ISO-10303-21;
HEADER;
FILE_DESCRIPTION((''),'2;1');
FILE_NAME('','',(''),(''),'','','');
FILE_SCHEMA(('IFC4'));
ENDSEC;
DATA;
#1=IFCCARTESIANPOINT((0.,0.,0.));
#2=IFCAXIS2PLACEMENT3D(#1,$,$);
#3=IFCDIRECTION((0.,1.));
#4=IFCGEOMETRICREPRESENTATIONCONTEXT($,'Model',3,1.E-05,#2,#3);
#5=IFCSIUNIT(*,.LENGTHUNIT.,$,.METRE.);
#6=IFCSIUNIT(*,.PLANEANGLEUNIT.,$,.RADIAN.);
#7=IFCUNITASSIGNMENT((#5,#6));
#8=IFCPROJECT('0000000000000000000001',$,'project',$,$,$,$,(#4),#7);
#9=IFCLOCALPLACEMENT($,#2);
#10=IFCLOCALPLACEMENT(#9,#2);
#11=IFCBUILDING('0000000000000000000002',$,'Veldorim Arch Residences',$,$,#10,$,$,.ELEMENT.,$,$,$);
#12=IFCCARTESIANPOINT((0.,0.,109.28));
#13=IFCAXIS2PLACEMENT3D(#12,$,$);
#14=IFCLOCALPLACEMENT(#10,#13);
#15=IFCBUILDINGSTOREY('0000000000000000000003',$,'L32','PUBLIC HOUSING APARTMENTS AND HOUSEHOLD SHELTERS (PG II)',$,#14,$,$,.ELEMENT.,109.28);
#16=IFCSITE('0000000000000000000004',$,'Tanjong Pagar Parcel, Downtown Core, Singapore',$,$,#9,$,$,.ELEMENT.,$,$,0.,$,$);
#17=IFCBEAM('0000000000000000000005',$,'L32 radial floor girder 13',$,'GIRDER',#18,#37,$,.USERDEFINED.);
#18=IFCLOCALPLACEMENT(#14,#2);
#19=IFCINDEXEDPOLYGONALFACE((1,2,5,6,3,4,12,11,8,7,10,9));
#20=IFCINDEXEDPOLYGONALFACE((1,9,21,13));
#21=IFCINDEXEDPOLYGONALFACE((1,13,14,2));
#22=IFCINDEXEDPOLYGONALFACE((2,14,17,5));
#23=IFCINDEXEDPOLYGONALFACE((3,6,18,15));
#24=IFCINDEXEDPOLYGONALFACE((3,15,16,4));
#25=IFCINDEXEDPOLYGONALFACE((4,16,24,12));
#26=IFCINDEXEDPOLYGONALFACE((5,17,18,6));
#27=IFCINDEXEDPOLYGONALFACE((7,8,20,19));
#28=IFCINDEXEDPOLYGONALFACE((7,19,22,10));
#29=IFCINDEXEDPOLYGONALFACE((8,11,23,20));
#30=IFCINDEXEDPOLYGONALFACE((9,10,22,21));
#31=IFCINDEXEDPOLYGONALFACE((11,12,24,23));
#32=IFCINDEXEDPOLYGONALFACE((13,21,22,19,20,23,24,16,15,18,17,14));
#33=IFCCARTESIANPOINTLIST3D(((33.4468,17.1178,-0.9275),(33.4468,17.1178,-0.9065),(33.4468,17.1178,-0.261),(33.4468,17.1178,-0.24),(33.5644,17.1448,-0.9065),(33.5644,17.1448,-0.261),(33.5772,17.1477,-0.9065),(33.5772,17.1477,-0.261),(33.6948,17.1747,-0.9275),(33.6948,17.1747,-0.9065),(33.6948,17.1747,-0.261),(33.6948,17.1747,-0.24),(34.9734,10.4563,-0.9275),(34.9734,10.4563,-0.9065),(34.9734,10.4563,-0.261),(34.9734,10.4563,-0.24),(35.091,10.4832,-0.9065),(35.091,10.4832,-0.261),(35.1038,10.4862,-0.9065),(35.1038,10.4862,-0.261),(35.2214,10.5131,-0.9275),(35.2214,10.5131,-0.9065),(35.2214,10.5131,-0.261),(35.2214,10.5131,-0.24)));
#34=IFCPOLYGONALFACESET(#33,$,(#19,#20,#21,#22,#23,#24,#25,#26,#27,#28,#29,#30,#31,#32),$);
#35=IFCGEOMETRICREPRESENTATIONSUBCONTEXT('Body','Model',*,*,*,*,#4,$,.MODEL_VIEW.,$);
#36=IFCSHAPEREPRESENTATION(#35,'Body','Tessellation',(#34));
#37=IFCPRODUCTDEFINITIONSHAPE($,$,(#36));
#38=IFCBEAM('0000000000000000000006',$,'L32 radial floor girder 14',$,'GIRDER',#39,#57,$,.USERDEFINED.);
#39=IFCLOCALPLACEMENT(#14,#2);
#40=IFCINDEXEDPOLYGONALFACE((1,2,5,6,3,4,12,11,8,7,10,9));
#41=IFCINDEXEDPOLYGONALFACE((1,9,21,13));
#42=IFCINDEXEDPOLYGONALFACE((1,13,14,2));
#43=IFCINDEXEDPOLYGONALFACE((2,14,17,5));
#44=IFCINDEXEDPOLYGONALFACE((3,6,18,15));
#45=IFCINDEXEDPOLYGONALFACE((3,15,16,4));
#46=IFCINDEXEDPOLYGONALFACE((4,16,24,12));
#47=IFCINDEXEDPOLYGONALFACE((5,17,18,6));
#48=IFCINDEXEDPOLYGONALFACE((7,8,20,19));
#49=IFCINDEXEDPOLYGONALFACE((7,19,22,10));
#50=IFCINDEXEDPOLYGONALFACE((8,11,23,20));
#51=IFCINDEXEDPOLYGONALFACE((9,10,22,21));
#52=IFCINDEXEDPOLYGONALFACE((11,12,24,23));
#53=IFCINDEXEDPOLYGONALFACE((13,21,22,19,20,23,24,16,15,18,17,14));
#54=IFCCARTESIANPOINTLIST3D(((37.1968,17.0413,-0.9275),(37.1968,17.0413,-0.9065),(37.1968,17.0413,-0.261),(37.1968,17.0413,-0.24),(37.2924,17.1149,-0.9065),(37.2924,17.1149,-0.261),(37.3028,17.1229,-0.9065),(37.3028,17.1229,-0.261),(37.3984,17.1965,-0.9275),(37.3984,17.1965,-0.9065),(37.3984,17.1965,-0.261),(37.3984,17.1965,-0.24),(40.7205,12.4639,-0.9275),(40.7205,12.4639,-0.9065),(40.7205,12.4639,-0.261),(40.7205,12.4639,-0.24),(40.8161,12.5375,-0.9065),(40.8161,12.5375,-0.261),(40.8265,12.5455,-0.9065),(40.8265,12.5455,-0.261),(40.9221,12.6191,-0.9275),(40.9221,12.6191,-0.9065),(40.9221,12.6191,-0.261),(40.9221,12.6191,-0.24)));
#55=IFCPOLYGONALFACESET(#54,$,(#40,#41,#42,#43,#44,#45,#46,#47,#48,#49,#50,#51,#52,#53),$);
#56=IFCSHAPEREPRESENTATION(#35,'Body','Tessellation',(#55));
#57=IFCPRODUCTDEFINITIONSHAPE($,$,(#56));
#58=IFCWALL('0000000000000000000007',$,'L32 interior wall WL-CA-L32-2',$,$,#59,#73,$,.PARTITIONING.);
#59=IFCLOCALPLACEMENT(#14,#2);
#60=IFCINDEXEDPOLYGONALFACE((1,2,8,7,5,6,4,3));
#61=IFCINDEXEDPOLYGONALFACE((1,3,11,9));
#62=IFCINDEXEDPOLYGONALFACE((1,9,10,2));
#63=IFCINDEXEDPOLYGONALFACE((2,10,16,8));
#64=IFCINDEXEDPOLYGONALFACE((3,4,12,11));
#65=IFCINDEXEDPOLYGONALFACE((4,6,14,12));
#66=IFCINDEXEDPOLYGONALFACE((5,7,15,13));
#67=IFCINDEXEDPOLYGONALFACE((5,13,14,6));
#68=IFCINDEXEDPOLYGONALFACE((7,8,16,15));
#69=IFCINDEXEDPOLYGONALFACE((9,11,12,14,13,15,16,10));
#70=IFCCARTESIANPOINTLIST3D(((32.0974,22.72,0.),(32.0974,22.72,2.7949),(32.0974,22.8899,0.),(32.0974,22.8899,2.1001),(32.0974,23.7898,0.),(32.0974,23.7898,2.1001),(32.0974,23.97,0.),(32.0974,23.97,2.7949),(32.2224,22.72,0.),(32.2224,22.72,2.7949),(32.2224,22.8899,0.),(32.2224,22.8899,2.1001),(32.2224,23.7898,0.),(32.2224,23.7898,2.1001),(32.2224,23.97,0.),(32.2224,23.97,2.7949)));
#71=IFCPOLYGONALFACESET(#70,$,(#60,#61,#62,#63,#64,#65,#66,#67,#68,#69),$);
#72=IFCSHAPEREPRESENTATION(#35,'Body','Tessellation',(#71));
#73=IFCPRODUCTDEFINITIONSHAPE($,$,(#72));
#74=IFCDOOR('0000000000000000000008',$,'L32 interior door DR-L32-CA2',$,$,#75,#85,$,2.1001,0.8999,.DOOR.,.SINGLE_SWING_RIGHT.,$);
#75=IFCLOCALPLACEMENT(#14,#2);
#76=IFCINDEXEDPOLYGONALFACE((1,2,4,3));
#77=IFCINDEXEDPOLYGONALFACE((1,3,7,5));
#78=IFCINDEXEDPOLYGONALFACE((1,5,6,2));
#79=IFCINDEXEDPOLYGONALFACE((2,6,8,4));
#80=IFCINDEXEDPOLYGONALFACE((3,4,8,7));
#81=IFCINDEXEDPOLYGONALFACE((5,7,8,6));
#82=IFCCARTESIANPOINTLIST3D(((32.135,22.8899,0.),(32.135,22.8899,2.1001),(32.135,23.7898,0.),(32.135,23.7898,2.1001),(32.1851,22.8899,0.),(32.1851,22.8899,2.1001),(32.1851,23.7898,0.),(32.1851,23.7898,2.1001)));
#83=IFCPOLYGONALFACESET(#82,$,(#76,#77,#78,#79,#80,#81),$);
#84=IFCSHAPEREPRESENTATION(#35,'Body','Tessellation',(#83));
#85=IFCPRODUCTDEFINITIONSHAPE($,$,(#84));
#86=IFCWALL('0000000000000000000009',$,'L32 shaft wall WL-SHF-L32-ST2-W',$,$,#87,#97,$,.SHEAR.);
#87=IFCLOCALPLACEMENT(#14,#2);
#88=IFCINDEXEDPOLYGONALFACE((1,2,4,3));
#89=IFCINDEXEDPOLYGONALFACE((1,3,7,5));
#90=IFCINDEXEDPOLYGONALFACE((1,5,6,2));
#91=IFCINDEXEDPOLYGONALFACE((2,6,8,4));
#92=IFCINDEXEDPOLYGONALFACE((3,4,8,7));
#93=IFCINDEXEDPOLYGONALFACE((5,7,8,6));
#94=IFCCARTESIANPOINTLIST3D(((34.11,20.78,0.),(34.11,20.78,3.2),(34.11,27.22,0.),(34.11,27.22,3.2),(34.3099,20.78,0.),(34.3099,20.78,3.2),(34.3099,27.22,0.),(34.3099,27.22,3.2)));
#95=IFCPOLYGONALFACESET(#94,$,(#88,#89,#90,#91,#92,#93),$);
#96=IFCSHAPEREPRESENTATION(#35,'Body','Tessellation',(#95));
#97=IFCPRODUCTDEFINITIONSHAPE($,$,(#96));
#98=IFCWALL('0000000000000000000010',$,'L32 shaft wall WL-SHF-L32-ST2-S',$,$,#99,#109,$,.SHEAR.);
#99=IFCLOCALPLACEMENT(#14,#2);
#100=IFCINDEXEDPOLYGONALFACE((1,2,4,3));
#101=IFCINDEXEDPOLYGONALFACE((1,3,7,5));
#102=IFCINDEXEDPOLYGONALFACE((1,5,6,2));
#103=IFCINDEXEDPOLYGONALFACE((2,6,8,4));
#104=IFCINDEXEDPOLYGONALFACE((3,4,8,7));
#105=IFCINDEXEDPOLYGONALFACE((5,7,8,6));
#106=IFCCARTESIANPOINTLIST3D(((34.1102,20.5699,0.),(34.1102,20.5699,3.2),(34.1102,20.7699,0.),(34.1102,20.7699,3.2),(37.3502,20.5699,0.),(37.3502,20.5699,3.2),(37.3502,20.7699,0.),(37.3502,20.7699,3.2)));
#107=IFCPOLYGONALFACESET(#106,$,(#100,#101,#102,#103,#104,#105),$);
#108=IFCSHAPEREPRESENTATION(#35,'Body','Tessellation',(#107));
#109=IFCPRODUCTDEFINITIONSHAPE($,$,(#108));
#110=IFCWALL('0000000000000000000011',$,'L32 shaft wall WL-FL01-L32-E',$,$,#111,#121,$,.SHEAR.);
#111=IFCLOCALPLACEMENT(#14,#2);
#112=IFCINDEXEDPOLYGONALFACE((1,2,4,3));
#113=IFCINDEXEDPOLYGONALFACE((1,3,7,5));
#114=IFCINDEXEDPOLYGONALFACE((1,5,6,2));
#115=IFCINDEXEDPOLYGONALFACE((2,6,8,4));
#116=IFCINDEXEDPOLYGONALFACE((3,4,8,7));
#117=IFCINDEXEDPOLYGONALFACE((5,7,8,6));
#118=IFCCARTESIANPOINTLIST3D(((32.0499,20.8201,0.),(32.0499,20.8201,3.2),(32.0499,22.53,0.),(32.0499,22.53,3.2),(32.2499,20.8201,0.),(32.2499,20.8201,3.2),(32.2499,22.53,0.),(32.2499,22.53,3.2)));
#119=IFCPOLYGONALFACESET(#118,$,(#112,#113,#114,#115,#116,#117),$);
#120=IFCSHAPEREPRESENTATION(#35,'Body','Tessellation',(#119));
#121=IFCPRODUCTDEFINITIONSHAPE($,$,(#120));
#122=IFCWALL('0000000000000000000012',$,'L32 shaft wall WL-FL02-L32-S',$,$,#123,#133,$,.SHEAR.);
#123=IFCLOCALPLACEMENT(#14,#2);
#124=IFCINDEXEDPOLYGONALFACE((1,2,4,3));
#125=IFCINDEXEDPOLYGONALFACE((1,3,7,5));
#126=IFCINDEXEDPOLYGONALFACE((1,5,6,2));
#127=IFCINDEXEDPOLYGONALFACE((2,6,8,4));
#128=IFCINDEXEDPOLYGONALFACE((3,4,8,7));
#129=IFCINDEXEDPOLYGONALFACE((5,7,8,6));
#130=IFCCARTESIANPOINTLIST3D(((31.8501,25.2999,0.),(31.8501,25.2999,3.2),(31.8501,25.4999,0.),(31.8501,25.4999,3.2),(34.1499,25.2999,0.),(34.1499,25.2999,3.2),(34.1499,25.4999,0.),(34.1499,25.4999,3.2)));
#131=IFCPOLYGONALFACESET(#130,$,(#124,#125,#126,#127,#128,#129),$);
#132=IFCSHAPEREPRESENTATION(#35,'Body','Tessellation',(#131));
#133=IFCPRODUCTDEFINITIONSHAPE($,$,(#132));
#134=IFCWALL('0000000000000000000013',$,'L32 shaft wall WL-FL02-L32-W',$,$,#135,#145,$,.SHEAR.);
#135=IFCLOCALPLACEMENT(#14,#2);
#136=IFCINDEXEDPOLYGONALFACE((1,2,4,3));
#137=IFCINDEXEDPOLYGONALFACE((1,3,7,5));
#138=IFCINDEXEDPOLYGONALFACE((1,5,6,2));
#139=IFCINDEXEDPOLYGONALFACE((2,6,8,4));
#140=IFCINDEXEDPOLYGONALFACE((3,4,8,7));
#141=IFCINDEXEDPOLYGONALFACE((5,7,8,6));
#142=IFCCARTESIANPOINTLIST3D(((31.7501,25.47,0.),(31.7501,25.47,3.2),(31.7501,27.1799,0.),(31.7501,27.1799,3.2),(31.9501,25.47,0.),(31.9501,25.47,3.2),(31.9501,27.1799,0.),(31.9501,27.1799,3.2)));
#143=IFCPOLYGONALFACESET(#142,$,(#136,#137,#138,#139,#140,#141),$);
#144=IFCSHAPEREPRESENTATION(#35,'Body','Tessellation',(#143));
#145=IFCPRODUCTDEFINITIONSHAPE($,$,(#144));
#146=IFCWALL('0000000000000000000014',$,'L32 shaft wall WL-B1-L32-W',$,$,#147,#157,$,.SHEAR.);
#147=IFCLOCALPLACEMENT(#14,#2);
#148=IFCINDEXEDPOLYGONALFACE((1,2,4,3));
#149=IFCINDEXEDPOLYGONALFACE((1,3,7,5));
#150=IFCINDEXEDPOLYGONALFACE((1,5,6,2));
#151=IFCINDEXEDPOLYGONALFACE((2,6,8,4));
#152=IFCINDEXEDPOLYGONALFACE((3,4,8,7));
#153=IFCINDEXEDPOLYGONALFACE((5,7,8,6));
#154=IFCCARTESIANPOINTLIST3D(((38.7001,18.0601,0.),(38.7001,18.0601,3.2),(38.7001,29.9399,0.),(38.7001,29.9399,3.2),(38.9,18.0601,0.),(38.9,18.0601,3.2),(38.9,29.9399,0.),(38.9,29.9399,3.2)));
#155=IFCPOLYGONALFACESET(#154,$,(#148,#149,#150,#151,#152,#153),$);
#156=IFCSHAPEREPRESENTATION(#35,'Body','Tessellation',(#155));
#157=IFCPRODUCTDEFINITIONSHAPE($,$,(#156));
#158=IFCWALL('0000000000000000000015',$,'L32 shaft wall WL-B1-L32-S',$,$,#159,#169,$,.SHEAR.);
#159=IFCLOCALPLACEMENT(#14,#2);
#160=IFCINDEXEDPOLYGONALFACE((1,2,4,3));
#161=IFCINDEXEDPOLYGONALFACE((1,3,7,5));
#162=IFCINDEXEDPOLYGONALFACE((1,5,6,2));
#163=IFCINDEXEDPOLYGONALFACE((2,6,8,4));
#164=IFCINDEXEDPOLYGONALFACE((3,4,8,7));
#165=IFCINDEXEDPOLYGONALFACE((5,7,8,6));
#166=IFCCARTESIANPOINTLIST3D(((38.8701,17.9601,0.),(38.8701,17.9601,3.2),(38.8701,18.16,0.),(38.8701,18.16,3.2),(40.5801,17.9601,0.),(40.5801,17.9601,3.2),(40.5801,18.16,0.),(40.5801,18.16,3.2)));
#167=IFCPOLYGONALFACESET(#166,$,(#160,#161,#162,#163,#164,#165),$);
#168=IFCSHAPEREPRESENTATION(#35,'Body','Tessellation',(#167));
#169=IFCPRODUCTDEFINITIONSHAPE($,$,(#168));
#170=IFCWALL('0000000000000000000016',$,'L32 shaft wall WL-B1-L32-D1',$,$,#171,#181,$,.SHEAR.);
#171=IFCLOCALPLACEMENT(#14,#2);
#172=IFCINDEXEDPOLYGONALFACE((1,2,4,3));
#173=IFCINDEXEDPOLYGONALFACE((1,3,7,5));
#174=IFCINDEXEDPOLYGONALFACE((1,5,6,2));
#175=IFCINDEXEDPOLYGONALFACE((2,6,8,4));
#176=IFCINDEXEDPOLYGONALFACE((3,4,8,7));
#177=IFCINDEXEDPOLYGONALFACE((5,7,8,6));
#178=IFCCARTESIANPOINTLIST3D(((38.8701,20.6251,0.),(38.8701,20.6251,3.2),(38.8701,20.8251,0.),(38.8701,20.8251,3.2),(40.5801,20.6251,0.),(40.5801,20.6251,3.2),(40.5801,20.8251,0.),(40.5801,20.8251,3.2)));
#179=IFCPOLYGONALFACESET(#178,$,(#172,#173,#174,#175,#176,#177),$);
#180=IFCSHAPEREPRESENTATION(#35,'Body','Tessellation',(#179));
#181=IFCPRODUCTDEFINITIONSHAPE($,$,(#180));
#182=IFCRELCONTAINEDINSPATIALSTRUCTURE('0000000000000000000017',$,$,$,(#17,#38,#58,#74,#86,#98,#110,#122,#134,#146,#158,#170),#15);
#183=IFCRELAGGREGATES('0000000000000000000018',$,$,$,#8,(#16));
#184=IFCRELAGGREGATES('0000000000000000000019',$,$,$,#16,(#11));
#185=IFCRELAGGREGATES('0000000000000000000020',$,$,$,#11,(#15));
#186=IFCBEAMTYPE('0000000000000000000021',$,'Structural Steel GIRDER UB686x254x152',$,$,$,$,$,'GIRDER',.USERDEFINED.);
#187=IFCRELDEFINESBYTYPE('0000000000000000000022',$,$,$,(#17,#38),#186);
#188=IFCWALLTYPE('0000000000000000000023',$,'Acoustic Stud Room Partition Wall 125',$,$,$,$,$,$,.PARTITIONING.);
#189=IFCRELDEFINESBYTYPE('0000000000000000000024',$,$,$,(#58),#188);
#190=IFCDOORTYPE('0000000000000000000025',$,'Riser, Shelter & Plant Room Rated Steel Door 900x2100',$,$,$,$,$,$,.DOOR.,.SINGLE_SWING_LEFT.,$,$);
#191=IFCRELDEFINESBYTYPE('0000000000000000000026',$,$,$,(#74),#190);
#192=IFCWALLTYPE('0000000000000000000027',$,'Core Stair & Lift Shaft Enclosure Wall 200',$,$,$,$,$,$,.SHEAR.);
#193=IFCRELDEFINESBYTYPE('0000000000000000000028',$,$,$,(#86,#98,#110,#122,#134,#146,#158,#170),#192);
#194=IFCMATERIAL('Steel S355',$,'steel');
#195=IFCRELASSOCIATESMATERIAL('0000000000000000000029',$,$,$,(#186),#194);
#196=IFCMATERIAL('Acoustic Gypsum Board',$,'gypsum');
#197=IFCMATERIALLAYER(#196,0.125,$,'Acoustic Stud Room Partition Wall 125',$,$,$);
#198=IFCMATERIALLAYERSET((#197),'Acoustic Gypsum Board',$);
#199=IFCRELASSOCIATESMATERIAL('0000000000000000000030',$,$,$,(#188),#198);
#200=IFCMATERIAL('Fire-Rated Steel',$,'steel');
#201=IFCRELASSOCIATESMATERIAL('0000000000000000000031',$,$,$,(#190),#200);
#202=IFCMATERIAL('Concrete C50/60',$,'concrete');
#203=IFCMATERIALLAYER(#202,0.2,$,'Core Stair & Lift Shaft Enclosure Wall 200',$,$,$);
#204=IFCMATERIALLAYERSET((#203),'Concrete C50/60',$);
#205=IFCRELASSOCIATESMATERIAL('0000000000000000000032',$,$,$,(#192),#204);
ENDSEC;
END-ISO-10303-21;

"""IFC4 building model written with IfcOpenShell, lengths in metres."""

from ifc_helpers import new_model, si_unit, direction, frame, frame_2d, origin, origin_2d, place, context, subcontext, project, spatial, rectangle, i_section, extrude, material, layer, layer_set, material_profile, profile_set, type_object, element, fill, save


model = new_model("IFC4")

# Units and contexts
model_context = context("Model", 3, precision=1e-05, world=origin(), true_north=direction((0.0, 1.0)))
body_context = subcontext(model_context, "Body", "Model", "MODEL_VIEW")
ifc_project = project(units=[si_unit("LENGTHUNIT", "METRE"), si_unit("PLANEANGLEUNIT", "RADIAN")], contexts=[model_context])

# Site, building, storey
site_placement = place(None, origin())
site = spatial("IfcSite", under=ifc_project, at=site_placement, Name="Tanjong Pagar Parcel, Downtown Core, Singapore", CompositionType="ELEMENT", RefElevation=0.0)
building_placement = place(site_placement, origin())
building = spatial("IfcBuilding", under=site, at=building_placement, Name="Veldorim Arch Residences", CompositionType="ELEMENT")
storey_placement = place(building_placement, frame((0.0, 0.0, 109.28)))
storey = spatial("IfcBuildingStorey", under=building, at=storey_placement, Name="L32", Description="PUBLIC HOUSING APARTMENTS AND HOUSEHOLD SHELTERS (PG II)", CompositionType="ELEMENT", Elevation=109.28)

# Beams
ifc_material_1 = material(Name="Steel S355", Category="steel")
ifc_material_profile = material_profile(ifc_material_1, i_section(OverallWidth=0.2544, OverallDepth=0.6875, WebThickness=0.0132, FlangeThickness=0.021, at=origin_2d()), Name="UB686x254x152")
ifc_profile_set = profile_set([ifc_material_profile], Name="Steel S355")
beam_type = type_object("IfcBeamType", Name="Structural Steel GIRDER UB686x254x152", ElementType="GIRDER", PredefinedType="USERDEFINED", material=ifc_profile_set)
beam_1_placement = place(storey_placement, frame((33.5708, 17.1462, -0.5837), z_axis=(0.223375, -0.974733, 0.0), x_axis=(0.974733, 0.223375, 0.0)))
element("IfcBeam", 1, at=beam_1_placement, inside=storey, type_object=beam_type, Name="L32 radial floor girder 13", ObjectType="GIRDER", PredefinedType="USERDEFINED", context=body_context, shape_type="SweptSolid", body=[
    extrude(i_section(OverallWidth=0.2544, OverallDepth=0.6875, WebThickness=0.0132, FlangeThickness=0.021, at=origin_2d()), origin(), (0.0, 0.0, 1.0), 6.8342),
])
beam_2_placement = place(storey_placement, frame((37.2976, 17.1189, -0.5837), z_axis=(0.609995, -0.792406, 0.0), x_axis=(0.792406, 0.609995, 0.0)))
element("IfcBeam", 2, at=beam_2_placement, inside=storey, type_object=beam_type, Name="L32 radial floor girder 14", ObjectType="GIRDER", PredefinedType="USERDEFINED", context=body_context, shape_type="SweptSolid", body=[
    extrude(i_section(OverallWidth=0.2544, OverallDepth=0.6875, WebThickness=0.0132, FlangeThickness=0.021, at=origin_2d()), origin(), (0.0, 0.0, 1.0), 5.7766),
])

# Wall, opening, door
ifc_material_2 = material(Name="Acoustic Gypsum Board", Category="gypsum")
ifc_layer_1 = layer(ifc_material_2, 0.125, Name="Acoustic Stud Room Partition Wall 125")
ifc_layer_set_1 = layer_set([ifc_layer_1], Name="Acoustic Gypsum Board")
wall_type_1 = type_object("IfcWallType", Name="Acoustic Stud Room Partition Wall 125", PredefinedType="PARTITIONING", material=ifc_layer_set_1)
wall_1_placement = place(storey_placement, frame((32.1599, 22.72, 0.0), z_axis=(0.0, 0.0, 1.0), x_axis=(0.0, 1.0, 0.0)))
wall_1 = element("IfcWall", 3, at=wall_1_placement, inside=storey, type_object=wall_type_1, Name="L32 interior wall WL-CA-L32-2", PredefinedType="PARTITIONING", context=body_context, shape_type="SweptSolid", body=[
    extrude(rectangle(XDim=1.25, YDim=0.125, at=frame_2d((0.625, 0.0))), origin(), (0.0, 0.0, 1.0), 2.7949),
])
opening_placement = place(wall_1_placement, frame((0.1699, 0.0, 0.0)))
opening = element("IfcOpeningElement", 4, at=opening_placement, cuts=wall_1, PredefinedType="OPENING", context=body_context, shape_type="SweptSolid", body=[
    extrude(rectangle(XDim=0.8999, YDim=2.1001, at=frame_2d((0.45, 1.05))), frame((0.0, 0.0725, 0.0), z_axis=(0.0, -1.0, 0.0), x_axis=(1.0, 0.0, 0.0)), (0.0, 0.0, 1.0), 0.145),
])
ifc_material_3 = material(Name="Fire-Rated Steel", Category="steel")
door_type = type_object("IfcDoorType", Name="Riser, Shelter & Plant Room Rated Steel Door 900x2100", OperationType="SINGLE_SWING_LEFT", PredefinedType="DOOR", material=ifc_material_3)
door_placement = place(opening_placement, origin())
door = element("IfcDoor", 5, at=door_placement, inside=storey, type_object=door_type, Name="L32 interior door DR-L32-CA2", OperationType="SINGLE_SWING_RIGHT", OverallHeight=2.1001, OverallWidth=0.8999, PredefinedType="DOOR", context=body_context, shape_type="SweptSolid", body=[
    extrude(rectangle(XDim=0.8999, YDim=2.1001, at=frame_2d((0.45, 1.05))), frame((0.0, 0.0249, 0.0), z_axis=(0.0, -1.0, 0.0), x_axis=(1.0, 0.0, 0.0)), (0.0, 0.0, 1.0), 0.05),
])
fill(opening, door)

# Walls
ifc_material_4 = material(Name="Concrete C50/60", Category="concrete")
ifc_layer_2 = layer(ifc_material_4, 0.2, Name="Core Stair & Lift Shaft Enclosure Wall 200")
ifc_layer_set_2 = layer_set([ifc_layer_2], Name="Concrete C50/60")
wall_type_2 = type_object("IfcWallType", Name="Core Stair & Lift Shaft Enclosure Wall 200", PredefinedType="SHEAR", material=ifc_layer_set_2)
wall_2_placement = place(storey_placement, frame((34.21, 20.78, 0.0), z_axis=(0.0, 0.0, 1.0), x_axis=(0.0, 1.0, 0.0)))
element("IfcWall", 6, at=wall_2_placement, inside=storey, type_object=wall_type_2, Name="L32 shaft wall WL-SHF-L32-ST2-W", PredefinedType="SHEAR", context=body_context, shape_type="SweptSolid", body=[
    extrude(rectangle(XDim=6.4399, YDim=0.2, at=frame_2d((3.22, 0.0))), origin(), (0.0, 0.0, 1.0), 3.2),
])
wall_3_placement = place(storey_placement, frame((34.1101, 20.6699, 0.0), z_axis=(0.0, 0.0, 1.0), x_axis=(1.0, 0.0, 0.0)))
element("IfcWall", 7, at=wall_3_placement, inside=storey, type_object=wall_type_2, Name="L32 shaft wall WL-SHF-L32-ST2-S", PredefinedType="SHEAR", context=body_context, shape_type="SweptSolid", body=[
    extrude(rectangle(XDim=3.24, YDim=0.2, at=frame_2d((1.6201, 0.0))), origin(), (0.0, 0.0, 1.0), 3.2),
])
wall_4_placement = place(storey_placement, frame((32.1499, 20.8201, 0.0), z_axis=(0.0, 0.0, 1.0), x_axis=(0.0, 1.0, 0.0)))
element("IfcWall", 8, at=wall_4_placement, inside=storey, type_object=wall_type_2, Name="L32 shaft wall WL-FL01-L32-E", PredefinedType="SHEAR", context=body_context, shape_type="SweptSolid", body=[
    extrude(rectangle(XDim=1.71, YDim=0.2, at=frame_2d((0.855, 0.0))), origin(), (0.0, 0.0, 1.0), 3.2),
])
wall_5_placement = place(storey_placement, frame((31.8501, 25.3999, 0.0), z_axis=(0.0, 0.0, 1.0), x_axis=(1.0, 0.0, 0.0)))
element("IfcWall", 9, at=wall_5_placement, inside=storey, type_object=wall_type_2, Name="L32 shaft wall WL-FL02-L32-S", PredefinedType="SHEAR", context=body_context, shape_type="SweptSolid", body=[
    extrude(rectangle(XDim=2.2998, YDim=0.2, at=frame_2d((1.1499, 0.0))), origin(), (0.0, 0.0, 1.0), 3.2),
])
wall_6_placement = place(storey_placement, frame((31.8501, 25.47, 0.0), z_axis=(0.0, 0.0, 1.0), x_axis=(0.0, 1.0, 0.0)))
element("IfcWall", 10, at=wall_6_placement, inside=storey, type_object=wall_type_2, Name="L32 shaft wall WL-FL02-L32-W", PredefinedType="SHEAR", context=body_context, shape_type="SweptSolid", body=[
    extrude(rectangle(XDim=1.71, YDim=0.2, at=frame_2d((0.855, 0.0))), origin(), (0.0, 0.0, 1.0), 3.2),
])
wall_7_placement = place(storey_placement, frame((38.8, 18.0601, 0.0), z_axis=(0.0, 0.0, 1.0), x_axis=(0.0, 1.0, 0.0)))
element("IfcWall", 11, at=wall_7_placement, inside=storey, type_object=wall_type_2, Name="L32 shaft wall WL-B1-L32-W", PredefinedType="SHEAR", context=body_context, shape_type="SweptSolid", body=[
    extrude(rectangle(XDim=11.8799, YDim=0.2, at=frame_2d((5.9399, 0.0))), origin(), (0.0, 0.0, 1.0), 3.2),
])
for number, where, z_axis, x_axis, name in (
    (12, (38.8701, 18.0601, 0.0), (0.0, 0.0, 1.0), (1.0, 0.0, 0.0), "L32 shaft wall WL-B1-L32-S"),
    (13, (38.8701, 20.7251, 0.0), (0.0, 0.0, 1.0), (1.0, 0.0, 0.0), "L32 shaft wall WL-B1-L32-D1"),
):
    element("IfcWall", number, at=place(storey_placement, frame(where, z_axis=z_axis, x_axis=x_axis)), inside=storey, type_object=wall_type_2, Name=name, PredefinedType="SHEAR", context=body_context, shape_type="SweptSolid", body=[
        extrude(rectangle(XDim=1.71, YDim=0.2, at=frame_2d((0.855, 0.0))), origin(), (0.0, 0.0, 1.0), 3.2),
    ])

save(model, "model.ifc")
